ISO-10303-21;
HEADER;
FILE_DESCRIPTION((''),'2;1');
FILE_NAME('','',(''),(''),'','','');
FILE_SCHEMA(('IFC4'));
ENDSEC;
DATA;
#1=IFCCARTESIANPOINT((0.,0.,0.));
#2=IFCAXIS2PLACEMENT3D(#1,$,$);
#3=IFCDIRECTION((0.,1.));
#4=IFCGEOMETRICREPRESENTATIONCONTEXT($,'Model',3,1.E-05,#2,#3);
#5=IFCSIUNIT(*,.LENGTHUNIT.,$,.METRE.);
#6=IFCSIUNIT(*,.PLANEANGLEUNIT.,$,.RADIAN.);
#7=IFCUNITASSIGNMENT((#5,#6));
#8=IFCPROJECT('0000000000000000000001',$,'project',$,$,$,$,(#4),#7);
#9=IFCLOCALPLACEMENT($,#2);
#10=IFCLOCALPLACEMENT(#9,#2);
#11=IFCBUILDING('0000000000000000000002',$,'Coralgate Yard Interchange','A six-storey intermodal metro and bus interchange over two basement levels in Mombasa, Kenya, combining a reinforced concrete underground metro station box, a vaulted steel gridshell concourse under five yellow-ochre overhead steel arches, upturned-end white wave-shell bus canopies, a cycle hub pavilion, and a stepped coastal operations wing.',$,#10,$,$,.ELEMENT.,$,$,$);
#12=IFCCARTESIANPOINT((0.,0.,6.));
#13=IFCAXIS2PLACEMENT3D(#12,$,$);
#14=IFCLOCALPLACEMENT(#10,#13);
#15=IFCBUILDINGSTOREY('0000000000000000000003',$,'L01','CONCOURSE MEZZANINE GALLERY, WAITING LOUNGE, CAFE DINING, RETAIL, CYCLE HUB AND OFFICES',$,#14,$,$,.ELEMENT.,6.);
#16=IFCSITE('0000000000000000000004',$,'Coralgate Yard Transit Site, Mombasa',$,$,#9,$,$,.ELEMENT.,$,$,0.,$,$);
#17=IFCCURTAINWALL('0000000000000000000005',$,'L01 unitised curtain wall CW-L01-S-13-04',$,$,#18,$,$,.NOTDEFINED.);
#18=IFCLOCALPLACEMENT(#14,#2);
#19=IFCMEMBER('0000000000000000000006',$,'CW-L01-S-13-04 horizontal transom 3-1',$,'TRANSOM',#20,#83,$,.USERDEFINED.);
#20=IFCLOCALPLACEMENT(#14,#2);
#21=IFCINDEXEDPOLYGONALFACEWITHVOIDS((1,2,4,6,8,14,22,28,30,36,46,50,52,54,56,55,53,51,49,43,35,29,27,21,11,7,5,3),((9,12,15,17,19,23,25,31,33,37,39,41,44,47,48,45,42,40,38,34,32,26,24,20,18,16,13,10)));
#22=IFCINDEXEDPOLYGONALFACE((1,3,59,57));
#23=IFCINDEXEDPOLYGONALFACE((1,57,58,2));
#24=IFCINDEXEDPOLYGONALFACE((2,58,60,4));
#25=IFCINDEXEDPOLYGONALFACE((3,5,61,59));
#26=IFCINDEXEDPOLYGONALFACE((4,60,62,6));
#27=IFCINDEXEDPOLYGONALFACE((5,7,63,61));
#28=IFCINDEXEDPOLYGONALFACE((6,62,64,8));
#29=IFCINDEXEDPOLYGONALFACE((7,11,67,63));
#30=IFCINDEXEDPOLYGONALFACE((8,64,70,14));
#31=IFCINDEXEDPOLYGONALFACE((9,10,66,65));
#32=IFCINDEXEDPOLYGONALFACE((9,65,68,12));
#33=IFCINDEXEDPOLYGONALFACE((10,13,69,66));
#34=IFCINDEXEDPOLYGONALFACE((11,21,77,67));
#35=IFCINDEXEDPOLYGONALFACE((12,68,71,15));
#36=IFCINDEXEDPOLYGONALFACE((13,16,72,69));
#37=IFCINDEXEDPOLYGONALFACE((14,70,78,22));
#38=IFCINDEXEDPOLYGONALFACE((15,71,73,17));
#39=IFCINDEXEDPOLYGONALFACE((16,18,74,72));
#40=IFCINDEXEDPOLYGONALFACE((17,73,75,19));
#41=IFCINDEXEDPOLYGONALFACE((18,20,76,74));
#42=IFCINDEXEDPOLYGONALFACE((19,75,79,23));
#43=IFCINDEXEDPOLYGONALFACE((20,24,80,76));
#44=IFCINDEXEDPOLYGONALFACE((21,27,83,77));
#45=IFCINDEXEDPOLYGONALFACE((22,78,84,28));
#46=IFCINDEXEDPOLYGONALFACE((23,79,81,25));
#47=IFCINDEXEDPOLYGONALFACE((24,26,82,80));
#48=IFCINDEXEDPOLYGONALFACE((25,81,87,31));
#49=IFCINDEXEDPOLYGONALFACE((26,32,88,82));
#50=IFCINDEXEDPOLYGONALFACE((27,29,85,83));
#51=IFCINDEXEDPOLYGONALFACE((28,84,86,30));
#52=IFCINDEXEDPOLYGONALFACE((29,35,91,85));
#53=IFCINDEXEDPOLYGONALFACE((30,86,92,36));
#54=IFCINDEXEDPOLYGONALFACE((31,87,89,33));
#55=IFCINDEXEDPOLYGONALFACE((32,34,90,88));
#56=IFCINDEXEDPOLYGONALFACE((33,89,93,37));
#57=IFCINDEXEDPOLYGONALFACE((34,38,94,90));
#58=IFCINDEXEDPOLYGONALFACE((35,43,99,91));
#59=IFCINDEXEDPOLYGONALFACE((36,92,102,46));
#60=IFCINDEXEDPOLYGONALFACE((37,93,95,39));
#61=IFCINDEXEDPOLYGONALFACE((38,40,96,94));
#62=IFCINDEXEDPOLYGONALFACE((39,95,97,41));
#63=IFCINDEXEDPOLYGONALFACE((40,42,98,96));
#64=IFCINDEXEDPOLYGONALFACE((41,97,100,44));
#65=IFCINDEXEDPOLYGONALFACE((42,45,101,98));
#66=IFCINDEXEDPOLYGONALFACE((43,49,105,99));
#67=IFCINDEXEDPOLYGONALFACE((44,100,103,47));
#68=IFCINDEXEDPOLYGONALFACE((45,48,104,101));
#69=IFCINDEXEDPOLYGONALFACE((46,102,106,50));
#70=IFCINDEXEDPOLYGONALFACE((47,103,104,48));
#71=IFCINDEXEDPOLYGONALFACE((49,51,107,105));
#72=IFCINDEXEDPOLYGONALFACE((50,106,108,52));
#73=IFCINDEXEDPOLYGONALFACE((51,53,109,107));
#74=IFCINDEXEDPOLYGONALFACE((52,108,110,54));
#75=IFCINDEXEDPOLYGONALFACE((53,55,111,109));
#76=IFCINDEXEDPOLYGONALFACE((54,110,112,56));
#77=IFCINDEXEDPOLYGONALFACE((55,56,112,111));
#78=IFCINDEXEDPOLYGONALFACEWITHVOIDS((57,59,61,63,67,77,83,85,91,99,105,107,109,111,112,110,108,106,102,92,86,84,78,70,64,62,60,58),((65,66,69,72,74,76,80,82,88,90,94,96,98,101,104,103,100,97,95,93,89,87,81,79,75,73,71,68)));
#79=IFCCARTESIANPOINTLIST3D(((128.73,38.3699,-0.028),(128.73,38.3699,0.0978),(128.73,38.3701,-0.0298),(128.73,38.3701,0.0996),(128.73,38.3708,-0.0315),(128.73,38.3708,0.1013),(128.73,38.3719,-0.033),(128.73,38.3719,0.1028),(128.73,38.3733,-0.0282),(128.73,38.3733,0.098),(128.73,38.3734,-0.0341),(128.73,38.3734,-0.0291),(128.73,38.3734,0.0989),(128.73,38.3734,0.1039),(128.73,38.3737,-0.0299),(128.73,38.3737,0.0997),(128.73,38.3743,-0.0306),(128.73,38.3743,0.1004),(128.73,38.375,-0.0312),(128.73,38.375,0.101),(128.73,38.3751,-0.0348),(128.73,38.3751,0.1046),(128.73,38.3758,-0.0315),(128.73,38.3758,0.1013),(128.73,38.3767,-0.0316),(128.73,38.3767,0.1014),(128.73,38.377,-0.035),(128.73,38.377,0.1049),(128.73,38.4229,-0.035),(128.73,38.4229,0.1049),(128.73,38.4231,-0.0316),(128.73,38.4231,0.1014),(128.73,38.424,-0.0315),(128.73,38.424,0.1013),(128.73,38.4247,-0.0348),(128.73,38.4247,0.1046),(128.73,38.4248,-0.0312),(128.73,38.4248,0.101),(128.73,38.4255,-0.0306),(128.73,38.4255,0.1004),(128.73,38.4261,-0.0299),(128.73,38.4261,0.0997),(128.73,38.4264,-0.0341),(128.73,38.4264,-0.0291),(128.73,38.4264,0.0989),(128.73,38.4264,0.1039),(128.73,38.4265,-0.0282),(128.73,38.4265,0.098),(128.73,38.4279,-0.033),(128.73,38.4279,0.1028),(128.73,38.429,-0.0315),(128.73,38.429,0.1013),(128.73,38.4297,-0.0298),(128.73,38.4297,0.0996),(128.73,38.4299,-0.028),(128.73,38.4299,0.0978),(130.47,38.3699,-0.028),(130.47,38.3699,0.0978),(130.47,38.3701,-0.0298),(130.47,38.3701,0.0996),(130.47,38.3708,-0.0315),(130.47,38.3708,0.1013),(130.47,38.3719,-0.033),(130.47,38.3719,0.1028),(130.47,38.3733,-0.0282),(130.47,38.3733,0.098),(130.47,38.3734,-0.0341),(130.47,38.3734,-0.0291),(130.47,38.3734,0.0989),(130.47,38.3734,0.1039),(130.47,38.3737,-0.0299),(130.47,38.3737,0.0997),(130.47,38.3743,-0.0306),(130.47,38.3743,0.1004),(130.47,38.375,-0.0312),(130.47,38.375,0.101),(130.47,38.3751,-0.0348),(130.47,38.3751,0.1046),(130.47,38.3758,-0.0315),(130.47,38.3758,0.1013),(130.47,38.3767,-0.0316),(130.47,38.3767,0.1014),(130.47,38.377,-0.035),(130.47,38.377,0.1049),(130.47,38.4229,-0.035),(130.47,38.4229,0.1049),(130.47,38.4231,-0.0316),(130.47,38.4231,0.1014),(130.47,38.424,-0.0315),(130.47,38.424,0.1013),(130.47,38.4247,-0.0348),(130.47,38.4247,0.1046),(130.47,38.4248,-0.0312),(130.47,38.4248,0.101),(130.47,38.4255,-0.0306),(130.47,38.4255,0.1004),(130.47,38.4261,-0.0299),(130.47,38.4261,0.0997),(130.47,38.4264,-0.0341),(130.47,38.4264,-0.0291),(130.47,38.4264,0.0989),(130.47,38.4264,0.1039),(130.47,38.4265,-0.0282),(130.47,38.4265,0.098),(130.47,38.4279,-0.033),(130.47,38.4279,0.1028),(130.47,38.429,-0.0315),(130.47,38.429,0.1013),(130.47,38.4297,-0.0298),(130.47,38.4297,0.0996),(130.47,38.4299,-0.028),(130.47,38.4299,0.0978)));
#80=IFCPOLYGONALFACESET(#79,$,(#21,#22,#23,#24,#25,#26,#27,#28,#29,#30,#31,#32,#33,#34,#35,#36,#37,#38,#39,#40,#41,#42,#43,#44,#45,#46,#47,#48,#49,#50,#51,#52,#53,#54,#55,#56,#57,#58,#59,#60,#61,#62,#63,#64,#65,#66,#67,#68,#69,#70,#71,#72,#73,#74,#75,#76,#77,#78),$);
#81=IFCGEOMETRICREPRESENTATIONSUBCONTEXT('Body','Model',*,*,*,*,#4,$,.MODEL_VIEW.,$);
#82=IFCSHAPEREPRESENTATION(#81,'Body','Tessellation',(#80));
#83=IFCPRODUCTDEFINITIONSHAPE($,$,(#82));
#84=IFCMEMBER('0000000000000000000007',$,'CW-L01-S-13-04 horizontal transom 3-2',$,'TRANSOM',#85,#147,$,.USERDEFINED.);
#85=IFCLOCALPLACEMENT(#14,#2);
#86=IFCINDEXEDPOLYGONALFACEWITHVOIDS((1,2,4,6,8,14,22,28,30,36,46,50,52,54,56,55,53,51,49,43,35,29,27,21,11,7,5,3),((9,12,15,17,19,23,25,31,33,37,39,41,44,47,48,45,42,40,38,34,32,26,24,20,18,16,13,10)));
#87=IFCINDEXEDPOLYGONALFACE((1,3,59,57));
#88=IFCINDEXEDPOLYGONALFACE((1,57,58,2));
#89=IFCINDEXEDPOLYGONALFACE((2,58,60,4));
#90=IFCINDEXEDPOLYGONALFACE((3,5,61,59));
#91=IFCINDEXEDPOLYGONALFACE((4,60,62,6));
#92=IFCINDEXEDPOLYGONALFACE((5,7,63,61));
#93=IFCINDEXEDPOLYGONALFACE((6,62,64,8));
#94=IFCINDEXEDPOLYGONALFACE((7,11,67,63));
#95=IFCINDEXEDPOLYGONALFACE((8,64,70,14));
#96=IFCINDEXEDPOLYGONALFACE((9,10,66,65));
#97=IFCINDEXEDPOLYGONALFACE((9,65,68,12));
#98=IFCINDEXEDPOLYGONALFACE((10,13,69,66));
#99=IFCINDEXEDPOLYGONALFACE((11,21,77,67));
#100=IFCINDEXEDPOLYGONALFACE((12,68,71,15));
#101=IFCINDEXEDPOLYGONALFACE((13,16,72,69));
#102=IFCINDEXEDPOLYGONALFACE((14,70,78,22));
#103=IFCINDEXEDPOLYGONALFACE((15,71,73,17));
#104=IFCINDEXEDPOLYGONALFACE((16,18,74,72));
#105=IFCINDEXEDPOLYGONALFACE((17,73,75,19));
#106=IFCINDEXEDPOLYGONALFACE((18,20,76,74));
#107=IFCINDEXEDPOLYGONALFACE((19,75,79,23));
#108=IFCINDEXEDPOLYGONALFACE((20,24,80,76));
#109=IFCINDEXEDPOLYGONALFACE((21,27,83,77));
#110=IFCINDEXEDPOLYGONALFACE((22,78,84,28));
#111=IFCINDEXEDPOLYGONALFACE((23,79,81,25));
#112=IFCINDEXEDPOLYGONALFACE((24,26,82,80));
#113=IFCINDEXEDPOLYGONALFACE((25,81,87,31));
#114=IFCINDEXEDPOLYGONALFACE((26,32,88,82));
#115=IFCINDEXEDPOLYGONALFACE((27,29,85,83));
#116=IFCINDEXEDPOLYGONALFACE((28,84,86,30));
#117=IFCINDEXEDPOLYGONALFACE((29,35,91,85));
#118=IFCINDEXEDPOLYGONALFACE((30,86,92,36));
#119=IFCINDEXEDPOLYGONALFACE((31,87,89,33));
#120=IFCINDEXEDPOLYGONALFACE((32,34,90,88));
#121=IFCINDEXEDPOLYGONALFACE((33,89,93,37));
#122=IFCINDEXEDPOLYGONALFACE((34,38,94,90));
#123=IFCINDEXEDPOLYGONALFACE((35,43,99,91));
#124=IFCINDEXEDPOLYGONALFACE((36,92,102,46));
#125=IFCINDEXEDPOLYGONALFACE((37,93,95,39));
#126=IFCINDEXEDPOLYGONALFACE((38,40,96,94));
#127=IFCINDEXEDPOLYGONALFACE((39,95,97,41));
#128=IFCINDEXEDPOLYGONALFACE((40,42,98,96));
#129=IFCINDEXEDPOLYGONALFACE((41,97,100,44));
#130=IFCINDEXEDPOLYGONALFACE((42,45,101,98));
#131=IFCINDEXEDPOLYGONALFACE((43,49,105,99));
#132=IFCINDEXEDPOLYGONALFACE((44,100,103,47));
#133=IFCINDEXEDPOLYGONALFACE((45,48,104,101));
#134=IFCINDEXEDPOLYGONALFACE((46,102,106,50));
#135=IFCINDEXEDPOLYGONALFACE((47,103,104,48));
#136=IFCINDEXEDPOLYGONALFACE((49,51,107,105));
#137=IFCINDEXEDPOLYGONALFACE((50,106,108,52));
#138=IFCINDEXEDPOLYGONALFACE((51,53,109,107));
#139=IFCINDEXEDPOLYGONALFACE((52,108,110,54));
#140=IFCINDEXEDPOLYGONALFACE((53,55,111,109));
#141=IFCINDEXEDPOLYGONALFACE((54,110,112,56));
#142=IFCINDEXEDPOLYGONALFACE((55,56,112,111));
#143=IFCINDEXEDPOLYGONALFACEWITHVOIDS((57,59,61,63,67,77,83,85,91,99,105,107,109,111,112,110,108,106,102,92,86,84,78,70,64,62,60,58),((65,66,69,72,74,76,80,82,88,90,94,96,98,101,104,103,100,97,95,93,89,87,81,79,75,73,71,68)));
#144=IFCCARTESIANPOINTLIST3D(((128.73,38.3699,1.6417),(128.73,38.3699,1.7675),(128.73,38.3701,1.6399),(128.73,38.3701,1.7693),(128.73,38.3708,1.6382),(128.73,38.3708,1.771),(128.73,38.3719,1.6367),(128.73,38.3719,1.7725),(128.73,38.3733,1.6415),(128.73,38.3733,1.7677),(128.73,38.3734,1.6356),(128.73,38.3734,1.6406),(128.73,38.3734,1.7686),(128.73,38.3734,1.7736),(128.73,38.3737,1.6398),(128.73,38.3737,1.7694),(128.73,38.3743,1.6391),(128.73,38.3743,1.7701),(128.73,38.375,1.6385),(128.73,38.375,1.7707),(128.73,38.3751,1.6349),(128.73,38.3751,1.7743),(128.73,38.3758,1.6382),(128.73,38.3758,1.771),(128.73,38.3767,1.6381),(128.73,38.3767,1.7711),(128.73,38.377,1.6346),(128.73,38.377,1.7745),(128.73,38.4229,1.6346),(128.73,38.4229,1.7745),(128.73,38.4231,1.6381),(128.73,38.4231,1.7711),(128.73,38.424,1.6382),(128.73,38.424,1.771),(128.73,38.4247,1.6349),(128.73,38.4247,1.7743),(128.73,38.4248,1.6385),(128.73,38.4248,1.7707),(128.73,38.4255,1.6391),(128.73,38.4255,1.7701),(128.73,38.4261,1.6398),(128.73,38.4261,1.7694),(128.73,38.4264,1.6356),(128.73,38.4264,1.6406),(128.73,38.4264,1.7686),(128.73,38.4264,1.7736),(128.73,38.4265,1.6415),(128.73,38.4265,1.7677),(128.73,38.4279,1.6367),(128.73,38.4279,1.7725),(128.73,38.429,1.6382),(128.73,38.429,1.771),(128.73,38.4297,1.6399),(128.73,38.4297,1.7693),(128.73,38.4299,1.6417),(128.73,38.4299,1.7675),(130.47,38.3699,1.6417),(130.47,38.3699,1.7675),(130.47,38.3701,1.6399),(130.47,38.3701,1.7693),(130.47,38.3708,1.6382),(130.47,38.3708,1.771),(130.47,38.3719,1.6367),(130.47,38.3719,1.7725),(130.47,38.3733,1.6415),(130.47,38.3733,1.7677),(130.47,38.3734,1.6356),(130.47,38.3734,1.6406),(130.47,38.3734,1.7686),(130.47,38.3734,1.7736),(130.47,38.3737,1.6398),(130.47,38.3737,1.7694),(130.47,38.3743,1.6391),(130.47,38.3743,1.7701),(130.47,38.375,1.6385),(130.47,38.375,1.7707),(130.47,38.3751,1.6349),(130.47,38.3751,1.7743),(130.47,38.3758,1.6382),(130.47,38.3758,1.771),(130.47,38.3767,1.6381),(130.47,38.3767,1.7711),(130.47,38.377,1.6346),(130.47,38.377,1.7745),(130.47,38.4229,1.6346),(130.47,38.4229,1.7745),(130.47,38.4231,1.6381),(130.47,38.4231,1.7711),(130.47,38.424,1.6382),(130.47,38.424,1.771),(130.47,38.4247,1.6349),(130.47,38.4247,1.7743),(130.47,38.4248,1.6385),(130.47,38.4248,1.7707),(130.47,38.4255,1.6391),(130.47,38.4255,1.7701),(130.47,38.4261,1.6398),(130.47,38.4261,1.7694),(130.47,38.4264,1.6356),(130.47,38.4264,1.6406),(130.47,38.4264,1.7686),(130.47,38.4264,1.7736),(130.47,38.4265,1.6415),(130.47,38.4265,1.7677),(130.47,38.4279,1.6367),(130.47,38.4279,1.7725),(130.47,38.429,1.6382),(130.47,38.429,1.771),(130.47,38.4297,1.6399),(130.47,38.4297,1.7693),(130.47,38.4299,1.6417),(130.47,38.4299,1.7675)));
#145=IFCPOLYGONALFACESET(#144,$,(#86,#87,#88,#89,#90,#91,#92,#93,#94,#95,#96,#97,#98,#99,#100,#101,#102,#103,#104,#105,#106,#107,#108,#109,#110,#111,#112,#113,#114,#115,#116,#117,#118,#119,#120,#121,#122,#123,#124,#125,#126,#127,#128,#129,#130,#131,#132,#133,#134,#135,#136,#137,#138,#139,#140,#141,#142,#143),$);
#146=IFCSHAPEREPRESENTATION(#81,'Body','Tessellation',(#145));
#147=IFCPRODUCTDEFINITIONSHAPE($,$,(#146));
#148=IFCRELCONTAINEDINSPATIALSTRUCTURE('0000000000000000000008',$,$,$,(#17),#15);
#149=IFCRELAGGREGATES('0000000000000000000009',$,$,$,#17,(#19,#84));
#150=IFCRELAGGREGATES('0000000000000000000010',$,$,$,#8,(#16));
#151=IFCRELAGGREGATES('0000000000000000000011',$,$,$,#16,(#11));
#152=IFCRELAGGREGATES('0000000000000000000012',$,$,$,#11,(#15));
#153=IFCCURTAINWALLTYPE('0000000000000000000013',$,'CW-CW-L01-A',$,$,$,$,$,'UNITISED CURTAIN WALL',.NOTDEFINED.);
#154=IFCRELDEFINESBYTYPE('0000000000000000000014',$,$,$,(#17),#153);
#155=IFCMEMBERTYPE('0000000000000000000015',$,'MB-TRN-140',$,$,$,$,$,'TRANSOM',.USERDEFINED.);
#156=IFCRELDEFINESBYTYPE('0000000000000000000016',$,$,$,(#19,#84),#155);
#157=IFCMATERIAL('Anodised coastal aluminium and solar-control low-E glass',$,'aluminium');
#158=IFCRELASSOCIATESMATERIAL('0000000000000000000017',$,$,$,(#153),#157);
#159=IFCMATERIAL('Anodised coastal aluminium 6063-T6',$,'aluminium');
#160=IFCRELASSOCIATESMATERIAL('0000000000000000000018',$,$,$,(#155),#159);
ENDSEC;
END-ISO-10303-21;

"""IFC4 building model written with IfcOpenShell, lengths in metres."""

from ifc_helpers import new_model, si_unit, direction, frame, origin, origin_2d, place, context, subcontext, project, spatial, hollow_rectangle, extrude, material, material_profile, profile_set, type_object, element, aggregate, save


model = new_model("IFC4")

# Units and contexts
model_context = context("Model", 3, precision=1e-05, world=origin(), true_north=direction((0.0, 1.0)))
body_context = subcontext(model_context, "Body", "Model", "MODEL_VIEW")
ifc_project = project(units=[si_unit("LENGTHUNIT", "METRE"), si_unit("PLANEANGLEUNIT", "RADIAN")], contexts=[model_context])

# Site, building, storey
site_placement = place(None, origin())
site = spatial("IfcSite", under=ifc_project, at=site_placement, Name="Coralgate Yard Transit Site, Mombasa", CompositionType="ELEMENT", RefElevation=0.0)
building_placement = place(site_placement, origin())
building = spatial("IfcBuilding", under=site, at=building_placement, Name="Coralgate Yard Interchange", Description="A six-storey intermodal metro and bus interchange over two basement levels in Mombasa, Kenya, combining a reinforced concrete underground metro station box, a vaulted steel gridshell concourse under five yellow-ochre overhead steel arches, upturned-end white wave-shell bus canopies, a cycle hub pavilion, and a stepped coastal operations wing.", CompositionType="ELEMENT")
storey_placement = place(building_placement, frame((0.0, 0.0, 6.0)))
storey = spatial("IfcBuildingStorey", under=building, at=storey_placement, Name="L01", Description="CONCOURSE MEZZANINE GALLERY, WAITING LOUNGE, CAFE DINING, RETAIL, CYCLE HUB AND OFFICES", CompositionType="ELEMENT", Elevation=6.0)

# Curtain wall
ifc_material_1 = material(Name="Anodised coastal aluminium and solar-control low-E glass", Category="aluminium")
curtain_wall_type_1 = type_object("IfcCurtainWallType", Name="CW-CW-L01-A", ElementType="UNITISED CURTAIN WALL", PredefinedType="NOTDEFINED", material=ifc_material_1)
curtain_wall_1_placement = place(storey_placement, origin())
curtain_wall_1 = element("IfcCurtainWall", 1, at=curtain_wall_1_placement, inside=storey, type_object=curtain_wall_type_1, Name="L01 unitised curtain wall CW-L01-S-13-04", PredefinedType="NOTDEFINED")
ifc_material_2 = material(Name="Anodised coastal aluminium 6063-T6", Category="aluminium")

# Members
ifc_material_profile_1 = material_profile(ifc_material_2, hollow_rectangle(XDim=0.0601, YDim=0.1399, WallThickness=0.0034, InnerFilletRadius=0.0034, OuterFilletRadius=0.0071, at=origin_2d()), Name="ALU 60x140x3.5")
ifc_profile_set_1 = profile_set([ifc_material_profile_1], Name="Anodised coastal aluminium 6063-T6")
member_type_1 = type_object("IfcMemberType", Name="MB-TRN-140", ElementType="TRANSOM", PredefinedType="USERDEFINED", material=ifc_profile_set_1)
member_1_placement = place(storey_placement, frame((130.47, 38.3999, 0.0349), z_axis=(-1.0, 0.0, 0.0), x_axis=(0.0, -1.0, 0.0)))
member_1 = element("IfcMember", 2, at=member_1_placement, type_object=member_type_1, Name="CW-L01-S-13-04 horizontal transom 3-1", ObjectType="TRANSOM", PredefinedType="USERDEFINED", context=body_context, shape_type="SweptSolid", body=[
    extrude(hollow_rectangle(XDim=0.0601, YDim=0.1399, WallThickness=0.0034, InnerFilletRadius=0.0034, OuterFilletRadius=0.0071, at=origin_2d()), origin(), (0.0, 0.0, 1.0), 1.74),
])
member_2_placement = place(storey_placement, frame((130.47, 38.3999, 1.7046), z_axis=(-1.0, 0.0, 0.0), x_axis=(0.0, -1.0, 0.0)))
member_2 = element("IfcMember", 3, at=member_2_placement, type_object=member_type_1, Name="CW-L01-S-13-04 horizontal transom 3-2", ObjectType="TRANSOM", PredefinedType="USERDEFINED", context=body_context, shape_type="SweptSolid", body=[
    extrude(hollow_rectangle(XDim=0.0601, YDim=0.1399, WallThickness=0.0034, InnerFilletRadius=0.0034, OuterFilletRadius=0.0071, at=origin_2d()), origin(), (0.0, 0.0, 1.0), 1.74),
])

aggregate(curtain_wall_1, [member_1, member_2])

save(model, "model.ifc")
